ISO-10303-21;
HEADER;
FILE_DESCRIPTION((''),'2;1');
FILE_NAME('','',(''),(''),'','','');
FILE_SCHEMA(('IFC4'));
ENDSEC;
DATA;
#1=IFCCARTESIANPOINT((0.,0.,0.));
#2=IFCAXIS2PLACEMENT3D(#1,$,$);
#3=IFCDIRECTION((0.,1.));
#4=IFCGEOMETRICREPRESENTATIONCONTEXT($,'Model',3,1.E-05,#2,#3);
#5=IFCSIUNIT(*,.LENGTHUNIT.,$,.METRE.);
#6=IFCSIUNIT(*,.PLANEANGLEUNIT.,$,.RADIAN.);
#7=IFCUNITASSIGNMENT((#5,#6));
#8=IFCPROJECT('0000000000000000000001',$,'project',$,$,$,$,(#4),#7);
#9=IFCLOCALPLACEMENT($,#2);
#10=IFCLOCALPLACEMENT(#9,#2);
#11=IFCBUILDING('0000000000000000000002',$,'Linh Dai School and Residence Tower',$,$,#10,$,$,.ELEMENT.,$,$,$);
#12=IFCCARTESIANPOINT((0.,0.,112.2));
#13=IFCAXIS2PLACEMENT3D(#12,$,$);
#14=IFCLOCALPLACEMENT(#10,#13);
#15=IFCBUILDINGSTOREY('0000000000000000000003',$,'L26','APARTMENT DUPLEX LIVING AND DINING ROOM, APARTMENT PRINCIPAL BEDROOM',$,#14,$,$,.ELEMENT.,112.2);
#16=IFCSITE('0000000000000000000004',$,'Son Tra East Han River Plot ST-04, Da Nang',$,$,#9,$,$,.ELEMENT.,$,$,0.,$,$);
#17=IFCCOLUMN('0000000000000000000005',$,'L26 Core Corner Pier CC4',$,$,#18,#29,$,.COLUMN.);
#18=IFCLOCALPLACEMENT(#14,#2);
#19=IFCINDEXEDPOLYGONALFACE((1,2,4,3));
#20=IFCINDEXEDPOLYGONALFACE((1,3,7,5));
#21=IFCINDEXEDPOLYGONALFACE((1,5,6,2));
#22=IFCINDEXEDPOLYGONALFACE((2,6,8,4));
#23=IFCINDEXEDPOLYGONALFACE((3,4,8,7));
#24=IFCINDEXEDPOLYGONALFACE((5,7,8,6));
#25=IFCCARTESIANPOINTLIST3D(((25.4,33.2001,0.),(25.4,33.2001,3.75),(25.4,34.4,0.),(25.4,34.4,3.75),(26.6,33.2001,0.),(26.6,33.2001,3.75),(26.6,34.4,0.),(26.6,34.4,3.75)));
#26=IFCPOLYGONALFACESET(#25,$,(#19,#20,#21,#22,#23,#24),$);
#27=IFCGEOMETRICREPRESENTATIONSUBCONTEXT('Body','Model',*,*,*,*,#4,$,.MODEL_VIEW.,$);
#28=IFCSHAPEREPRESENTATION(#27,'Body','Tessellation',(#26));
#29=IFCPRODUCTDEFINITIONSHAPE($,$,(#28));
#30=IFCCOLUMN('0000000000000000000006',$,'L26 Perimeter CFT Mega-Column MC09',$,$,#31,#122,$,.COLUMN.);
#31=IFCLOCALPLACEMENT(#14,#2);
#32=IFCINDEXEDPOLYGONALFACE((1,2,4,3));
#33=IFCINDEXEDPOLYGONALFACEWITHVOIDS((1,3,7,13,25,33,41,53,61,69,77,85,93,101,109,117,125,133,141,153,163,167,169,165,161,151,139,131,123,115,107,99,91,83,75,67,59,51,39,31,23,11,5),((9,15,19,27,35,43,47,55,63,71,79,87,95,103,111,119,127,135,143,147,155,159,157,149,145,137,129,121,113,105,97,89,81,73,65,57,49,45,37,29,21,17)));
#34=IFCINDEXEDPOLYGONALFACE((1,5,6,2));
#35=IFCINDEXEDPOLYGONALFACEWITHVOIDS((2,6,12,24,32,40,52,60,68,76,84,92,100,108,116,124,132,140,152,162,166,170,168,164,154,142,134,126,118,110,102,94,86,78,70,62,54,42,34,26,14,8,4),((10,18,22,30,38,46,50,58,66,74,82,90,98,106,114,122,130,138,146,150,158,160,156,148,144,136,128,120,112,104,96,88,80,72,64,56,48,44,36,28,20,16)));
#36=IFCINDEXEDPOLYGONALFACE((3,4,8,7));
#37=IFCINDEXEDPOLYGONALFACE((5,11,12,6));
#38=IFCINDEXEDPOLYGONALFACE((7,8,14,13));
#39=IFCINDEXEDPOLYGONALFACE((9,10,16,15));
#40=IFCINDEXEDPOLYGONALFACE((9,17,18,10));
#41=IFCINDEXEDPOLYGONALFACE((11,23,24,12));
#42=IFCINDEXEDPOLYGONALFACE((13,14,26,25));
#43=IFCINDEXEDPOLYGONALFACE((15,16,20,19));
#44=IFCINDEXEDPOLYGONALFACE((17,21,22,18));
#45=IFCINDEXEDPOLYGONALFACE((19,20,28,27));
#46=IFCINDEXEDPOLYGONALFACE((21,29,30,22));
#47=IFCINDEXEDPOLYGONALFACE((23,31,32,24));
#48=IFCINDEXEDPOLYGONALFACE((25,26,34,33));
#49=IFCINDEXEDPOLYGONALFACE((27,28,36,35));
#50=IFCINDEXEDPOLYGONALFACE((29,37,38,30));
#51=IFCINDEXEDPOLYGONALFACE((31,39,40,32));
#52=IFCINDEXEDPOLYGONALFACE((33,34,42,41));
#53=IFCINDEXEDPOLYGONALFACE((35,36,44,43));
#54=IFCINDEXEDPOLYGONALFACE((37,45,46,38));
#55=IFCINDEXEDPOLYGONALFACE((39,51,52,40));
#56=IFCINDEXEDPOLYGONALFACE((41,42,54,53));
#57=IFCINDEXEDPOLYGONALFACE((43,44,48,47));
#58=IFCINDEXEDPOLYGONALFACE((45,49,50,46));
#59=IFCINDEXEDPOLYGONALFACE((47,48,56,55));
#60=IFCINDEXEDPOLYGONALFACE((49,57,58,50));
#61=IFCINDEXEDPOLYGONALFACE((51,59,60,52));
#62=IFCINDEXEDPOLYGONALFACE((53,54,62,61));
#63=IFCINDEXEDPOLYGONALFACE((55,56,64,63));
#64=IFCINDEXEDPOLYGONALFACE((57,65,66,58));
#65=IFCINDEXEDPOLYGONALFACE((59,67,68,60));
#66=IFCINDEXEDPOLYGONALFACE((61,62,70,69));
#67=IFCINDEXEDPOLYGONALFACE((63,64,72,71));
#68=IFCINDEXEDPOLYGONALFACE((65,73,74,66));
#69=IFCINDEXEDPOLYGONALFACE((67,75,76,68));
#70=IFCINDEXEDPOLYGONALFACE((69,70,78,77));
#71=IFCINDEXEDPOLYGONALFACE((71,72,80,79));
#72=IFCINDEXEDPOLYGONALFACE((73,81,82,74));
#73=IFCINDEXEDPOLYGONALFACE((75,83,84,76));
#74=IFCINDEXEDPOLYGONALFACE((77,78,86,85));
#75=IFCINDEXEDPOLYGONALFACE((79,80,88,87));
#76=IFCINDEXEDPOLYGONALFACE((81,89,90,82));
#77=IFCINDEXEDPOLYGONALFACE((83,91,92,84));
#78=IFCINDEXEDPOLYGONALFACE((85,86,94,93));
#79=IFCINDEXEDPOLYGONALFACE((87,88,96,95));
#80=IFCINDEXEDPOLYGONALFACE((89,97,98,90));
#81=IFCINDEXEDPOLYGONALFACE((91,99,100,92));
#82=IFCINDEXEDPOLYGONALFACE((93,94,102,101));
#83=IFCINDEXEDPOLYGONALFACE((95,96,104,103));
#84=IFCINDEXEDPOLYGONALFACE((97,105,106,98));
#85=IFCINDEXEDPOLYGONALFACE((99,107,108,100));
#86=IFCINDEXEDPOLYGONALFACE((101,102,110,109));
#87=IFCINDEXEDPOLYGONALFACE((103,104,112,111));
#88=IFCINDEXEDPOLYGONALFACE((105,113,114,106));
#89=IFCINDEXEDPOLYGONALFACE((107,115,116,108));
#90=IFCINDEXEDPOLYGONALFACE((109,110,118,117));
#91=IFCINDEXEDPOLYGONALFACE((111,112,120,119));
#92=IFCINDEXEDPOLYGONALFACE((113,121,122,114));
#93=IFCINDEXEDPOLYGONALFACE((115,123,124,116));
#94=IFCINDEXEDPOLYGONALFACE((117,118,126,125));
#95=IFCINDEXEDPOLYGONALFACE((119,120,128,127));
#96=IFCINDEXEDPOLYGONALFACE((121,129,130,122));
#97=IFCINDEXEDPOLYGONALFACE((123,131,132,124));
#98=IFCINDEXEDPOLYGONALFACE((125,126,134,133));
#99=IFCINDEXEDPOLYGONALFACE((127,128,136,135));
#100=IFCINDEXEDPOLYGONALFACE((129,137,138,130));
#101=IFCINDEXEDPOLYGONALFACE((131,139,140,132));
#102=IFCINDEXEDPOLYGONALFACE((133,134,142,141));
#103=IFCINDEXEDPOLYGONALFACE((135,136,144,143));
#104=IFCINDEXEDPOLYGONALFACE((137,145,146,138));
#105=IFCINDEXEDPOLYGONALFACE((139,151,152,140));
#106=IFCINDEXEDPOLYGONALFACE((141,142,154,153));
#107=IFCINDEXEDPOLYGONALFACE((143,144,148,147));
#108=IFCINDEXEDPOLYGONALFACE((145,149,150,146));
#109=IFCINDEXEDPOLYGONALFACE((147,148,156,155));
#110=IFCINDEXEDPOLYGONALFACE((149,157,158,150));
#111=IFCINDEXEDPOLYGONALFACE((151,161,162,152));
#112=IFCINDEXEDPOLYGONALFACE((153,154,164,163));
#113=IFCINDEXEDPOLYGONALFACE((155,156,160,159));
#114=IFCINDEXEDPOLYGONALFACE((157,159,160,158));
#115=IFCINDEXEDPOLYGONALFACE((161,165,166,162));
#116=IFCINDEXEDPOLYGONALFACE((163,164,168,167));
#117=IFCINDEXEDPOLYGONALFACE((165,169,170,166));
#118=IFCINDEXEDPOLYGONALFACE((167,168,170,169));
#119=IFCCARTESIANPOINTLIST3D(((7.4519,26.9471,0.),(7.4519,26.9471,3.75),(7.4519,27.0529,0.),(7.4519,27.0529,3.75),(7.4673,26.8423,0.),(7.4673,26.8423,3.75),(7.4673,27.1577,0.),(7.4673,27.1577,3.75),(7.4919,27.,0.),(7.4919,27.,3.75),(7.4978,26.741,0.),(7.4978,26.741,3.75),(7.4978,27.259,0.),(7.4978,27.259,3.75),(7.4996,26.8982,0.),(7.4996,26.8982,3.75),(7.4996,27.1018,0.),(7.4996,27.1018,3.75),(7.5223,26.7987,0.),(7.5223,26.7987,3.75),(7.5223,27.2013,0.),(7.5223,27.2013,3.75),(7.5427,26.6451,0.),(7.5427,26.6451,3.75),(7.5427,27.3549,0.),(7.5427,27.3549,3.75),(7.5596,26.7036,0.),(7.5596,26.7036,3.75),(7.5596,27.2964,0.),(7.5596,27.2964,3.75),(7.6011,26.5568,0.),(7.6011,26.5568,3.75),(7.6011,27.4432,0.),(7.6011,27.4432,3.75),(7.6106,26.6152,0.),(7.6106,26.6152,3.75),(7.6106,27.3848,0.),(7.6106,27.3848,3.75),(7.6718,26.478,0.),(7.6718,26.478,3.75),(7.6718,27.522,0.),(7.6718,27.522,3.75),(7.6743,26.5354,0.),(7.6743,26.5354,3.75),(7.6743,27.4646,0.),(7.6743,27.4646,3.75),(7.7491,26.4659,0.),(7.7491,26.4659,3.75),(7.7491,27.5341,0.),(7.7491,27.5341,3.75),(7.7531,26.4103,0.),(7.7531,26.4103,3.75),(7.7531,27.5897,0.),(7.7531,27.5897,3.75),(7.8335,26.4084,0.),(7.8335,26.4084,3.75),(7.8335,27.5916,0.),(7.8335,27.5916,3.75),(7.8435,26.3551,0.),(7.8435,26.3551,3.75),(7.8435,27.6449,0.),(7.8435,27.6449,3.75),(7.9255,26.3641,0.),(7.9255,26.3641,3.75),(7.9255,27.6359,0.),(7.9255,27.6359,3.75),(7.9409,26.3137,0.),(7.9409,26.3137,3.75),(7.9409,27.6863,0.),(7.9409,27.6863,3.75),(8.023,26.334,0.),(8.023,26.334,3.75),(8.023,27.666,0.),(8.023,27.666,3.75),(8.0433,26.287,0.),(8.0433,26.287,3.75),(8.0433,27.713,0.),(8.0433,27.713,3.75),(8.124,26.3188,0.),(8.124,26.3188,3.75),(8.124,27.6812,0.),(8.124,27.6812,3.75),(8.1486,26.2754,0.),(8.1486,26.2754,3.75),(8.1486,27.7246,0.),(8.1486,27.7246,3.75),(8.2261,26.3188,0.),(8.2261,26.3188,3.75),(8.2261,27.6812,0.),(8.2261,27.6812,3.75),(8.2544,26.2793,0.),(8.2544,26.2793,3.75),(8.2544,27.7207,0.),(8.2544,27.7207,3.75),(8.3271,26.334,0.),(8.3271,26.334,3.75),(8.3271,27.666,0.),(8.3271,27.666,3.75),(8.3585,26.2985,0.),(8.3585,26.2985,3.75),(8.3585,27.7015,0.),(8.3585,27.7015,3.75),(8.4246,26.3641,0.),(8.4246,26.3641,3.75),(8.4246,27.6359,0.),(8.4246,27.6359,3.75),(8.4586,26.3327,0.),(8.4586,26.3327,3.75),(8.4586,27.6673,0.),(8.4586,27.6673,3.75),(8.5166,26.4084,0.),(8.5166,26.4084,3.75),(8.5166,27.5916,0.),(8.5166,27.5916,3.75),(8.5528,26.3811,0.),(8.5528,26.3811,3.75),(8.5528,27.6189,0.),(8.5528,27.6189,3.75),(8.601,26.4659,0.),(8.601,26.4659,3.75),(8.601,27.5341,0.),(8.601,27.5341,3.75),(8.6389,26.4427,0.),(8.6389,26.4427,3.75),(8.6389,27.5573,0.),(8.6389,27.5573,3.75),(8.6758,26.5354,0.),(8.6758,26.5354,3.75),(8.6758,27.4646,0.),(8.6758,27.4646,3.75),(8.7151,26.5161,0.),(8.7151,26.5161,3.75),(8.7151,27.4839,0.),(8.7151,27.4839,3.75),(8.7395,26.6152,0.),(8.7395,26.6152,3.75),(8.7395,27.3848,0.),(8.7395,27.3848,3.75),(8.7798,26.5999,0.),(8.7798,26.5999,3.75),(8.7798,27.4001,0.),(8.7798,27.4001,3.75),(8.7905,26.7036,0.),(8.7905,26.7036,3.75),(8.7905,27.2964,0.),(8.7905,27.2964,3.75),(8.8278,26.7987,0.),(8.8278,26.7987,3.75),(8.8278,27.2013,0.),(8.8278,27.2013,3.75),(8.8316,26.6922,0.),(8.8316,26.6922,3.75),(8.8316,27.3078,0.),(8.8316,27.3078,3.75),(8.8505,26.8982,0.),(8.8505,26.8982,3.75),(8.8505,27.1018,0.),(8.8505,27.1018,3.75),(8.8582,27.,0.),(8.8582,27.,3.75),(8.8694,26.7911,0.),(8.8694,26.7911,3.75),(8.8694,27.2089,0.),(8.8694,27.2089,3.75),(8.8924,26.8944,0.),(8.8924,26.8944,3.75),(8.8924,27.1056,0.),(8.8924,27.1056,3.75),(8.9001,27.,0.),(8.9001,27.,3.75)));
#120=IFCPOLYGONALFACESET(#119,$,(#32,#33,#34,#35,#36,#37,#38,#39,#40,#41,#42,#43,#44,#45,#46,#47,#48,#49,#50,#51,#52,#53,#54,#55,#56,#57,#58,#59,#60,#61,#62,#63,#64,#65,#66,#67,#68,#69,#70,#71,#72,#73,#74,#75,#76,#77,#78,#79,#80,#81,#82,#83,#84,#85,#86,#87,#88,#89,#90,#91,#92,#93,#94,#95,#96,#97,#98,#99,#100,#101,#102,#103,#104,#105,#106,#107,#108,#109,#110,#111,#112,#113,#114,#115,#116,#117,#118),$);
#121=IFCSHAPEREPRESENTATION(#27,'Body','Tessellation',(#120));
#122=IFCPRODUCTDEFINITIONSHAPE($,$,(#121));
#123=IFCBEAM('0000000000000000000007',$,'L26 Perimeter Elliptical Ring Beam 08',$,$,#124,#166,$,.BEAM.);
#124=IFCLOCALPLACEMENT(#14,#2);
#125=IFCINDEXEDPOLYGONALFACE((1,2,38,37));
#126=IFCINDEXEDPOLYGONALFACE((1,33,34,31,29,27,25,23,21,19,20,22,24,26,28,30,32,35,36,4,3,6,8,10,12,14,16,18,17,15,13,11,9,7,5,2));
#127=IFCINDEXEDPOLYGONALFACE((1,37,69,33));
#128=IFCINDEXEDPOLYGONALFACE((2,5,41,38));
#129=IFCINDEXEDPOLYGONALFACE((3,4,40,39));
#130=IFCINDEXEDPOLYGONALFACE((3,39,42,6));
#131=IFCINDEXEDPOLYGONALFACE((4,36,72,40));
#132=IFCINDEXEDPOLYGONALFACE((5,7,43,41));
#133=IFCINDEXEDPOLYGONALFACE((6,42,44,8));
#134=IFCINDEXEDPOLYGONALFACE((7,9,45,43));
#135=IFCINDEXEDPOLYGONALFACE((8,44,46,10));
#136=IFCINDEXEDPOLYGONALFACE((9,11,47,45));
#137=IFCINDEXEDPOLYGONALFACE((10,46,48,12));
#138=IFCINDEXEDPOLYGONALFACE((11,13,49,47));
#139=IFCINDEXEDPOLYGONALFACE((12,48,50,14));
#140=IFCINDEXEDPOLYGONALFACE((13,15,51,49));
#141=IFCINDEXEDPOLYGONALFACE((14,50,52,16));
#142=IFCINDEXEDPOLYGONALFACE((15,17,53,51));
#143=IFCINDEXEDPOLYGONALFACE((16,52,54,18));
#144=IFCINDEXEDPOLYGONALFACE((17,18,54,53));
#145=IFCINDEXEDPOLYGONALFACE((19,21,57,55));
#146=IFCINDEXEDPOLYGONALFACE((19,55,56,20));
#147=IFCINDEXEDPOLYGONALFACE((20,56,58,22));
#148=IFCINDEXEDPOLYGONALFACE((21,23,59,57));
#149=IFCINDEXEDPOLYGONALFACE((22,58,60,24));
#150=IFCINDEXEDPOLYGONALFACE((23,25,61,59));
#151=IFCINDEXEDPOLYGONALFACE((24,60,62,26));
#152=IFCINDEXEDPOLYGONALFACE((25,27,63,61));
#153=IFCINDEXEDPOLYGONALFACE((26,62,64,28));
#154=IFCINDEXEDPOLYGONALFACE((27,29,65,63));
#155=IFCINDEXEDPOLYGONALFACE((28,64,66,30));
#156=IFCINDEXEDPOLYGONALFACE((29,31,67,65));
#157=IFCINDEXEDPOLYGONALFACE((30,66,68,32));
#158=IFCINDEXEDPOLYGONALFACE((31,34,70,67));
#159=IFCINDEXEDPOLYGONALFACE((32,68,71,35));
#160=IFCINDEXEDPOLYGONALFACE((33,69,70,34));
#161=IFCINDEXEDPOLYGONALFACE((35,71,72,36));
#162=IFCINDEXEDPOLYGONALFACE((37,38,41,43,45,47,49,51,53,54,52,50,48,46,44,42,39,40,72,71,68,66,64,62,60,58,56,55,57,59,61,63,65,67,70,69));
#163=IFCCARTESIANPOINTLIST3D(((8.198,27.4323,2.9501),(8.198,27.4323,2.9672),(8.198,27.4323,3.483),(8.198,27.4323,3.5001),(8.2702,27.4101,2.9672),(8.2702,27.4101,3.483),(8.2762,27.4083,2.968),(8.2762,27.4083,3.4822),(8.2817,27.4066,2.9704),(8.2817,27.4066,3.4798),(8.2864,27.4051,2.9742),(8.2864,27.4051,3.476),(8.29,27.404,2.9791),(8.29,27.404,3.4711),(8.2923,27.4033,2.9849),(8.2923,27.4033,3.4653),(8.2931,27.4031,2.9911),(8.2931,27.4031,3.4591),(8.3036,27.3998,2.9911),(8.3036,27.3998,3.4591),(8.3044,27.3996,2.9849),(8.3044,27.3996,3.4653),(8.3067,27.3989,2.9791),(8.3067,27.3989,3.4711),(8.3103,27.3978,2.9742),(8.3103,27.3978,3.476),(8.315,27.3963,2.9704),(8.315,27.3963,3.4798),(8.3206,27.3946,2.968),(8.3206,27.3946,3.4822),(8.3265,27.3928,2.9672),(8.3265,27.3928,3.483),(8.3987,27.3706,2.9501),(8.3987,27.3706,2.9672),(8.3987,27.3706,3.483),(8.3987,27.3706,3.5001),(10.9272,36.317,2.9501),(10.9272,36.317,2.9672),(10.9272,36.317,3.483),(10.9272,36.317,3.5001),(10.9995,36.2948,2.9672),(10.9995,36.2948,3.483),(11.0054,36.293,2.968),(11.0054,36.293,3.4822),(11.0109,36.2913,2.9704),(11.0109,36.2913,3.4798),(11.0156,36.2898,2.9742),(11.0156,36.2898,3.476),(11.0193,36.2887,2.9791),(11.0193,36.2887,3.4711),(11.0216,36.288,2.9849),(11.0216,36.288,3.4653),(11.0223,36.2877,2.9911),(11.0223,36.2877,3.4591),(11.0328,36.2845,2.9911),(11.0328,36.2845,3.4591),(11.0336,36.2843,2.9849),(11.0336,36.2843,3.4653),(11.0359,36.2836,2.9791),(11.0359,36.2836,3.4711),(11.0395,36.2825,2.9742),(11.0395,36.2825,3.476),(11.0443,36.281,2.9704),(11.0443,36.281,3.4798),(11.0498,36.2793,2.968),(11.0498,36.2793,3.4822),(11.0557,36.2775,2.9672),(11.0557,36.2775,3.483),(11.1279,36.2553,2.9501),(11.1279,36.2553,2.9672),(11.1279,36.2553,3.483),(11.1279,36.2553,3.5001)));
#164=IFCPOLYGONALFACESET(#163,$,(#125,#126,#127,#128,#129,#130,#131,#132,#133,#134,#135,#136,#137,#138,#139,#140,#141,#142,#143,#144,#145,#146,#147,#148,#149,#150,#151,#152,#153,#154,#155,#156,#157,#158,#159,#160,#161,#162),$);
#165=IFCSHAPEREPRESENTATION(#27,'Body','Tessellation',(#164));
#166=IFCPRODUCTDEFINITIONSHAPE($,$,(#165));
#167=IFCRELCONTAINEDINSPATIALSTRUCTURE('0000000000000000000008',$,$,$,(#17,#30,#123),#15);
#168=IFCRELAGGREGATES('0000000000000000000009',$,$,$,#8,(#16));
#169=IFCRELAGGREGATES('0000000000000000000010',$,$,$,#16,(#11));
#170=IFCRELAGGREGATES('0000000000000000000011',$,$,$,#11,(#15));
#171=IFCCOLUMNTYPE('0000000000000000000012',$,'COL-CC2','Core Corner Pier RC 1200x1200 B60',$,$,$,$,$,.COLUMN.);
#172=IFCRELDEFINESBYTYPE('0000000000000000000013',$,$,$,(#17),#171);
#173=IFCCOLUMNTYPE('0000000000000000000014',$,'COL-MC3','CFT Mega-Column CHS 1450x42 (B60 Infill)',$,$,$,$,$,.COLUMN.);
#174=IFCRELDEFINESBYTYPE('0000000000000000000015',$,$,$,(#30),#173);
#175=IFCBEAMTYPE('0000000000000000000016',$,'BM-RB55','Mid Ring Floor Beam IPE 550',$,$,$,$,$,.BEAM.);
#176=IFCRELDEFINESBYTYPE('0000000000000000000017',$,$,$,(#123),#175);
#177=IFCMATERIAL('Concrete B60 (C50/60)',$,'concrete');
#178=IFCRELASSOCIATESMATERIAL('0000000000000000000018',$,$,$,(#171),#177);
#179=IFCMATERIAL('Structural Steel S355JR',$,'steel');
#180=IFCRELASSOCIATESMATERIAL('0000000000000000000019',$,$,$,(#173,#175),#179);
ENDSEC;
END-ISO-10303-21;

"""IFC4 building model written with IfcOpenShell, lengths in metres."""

from ifc_helpers import new_model, si_unit, direction, frame, origin, origin_2d, place, context, subcontext, project, spatial, rectangle, hollow_circle, i_section, extrude, material, material_profile, profile_set, type_object, element, save


model = new_model("IFC4")

# Units and contexts
model_context = context("Model", 3, precision=1e-05, world=origin(), true_north=direction((0.0, 1.0)))
body_context = subcontext(model_context, "Body", "Model", "MODEL_VIEW")
ifc_project = project(units=[si_unit("LENGTHUNIT", "METRE"), si_unit("PLANEANGLEUNIT", "RADIAN")], contexts=[model_context])

# Site, building, storey
site_placement = place(None, origin())
site = spatial("IfcSite", under=ifc_project, at=site_placement, Name="Son Tra East Han River Plot ST-04, Da Nang", CompositionType="ELEMENT", RefElevation=0.0)
building_placement = place(site_placement, origin())
building = spatial("IfcBuilding", under=site, at=building_placement, Name="Linh Dai School and Residence Tower", CompositionType="ELEMENT")
storey_placement = place(building_placement, frame((0.0, 0.0, 112.2)))
storey = spatial("IfcBuildingStorey", under=building, at=storey_placement, Name="L26", Description="APARTMENT DUPLEX LIVING AND DINING ROOM, APARTMENT PRINCIPAL BEDROOM", CompositionType="ELEMENT", Elevation=112.2)

# Columns
ifc_material_1 = material(Name="Concrete B60 (C50/60)", Category="concrete")
ifc_material_profile_1 = material_profile(ifc_material_1, rectangle(XDim=1.2, YDim=1.2, at=origin_2d()), Name="RC 1200x1200")
ifc_profile_set_1 = profile_set([ifc_material_profile_1], Name="Concrete B60 (C50/60)")
column_type_1 = type_object("IfcColumnType", Name="COL-CC2", Description="Core Corner Pier RC 1200x1200 B60", PredefinedType="COLUMN", material=ifc_profile_set_1)
column_1_placement = place(storey_placement, frame((26.0, 33.8, 0.0), z_axis=(0.0, 0.0, 1.0), x_axis=(1.0, 0.0, 0.0)))
element("IfcColumn", 1, at=column_1_placement, inside=storey, type_object=column_type_1, Name="L26 Core Corner Pier CC4", PredefinedType="COLUMN", context=body_context, shape_type="SweptSolid", body=[
    extrude(rectangle(XDim=1.2, YDim=1.2, at=origin_2d()), origin(), (0.0, 0.0, 1.0), 3.75),
])
ifc_material_2 = material(Name="Structural Steel S355JR", Category="steel")
ifc_material_profile_2 = material_profile(ifc_material_2, hollow_circle(Radius=0.7251, WallThickness=0.042, at=origin_2d()), Name="CHS 1450x42")
ifc_profile_set_2 = profile_set([ifc_material_profile_2], Name="Structural Steel S355JR")
column_type_2 = type_object("IfcColumnType", Name="COL-MC3", Description="CFT Mega-Column CHS 1450x42 (B60 Infill)", PredefinedType="COLUMN", material=ifc_profile_set_2)
column_2_placement = place(storey_placement, frame((8.175, 27.0, 0.0), z_axis=(0.0, 0.0, 1.0), x_axis=(1.0, 0.0, 0.0)))
element("IfcColumn", 2, at=column_2_placement, inside=storey, type_object=column_type_2, Name="L26 Perimeter CFT Mega-Column MC09", PredefinedType="COLUMN", context=body_context, shape_type="SweptSolid", body=[
    extrude(hollow_circle(Radius=0.7251, WallThickness=0.042, at=origin_2d()), origin(), (0.0, 0.0, 1.0), 3.75),
])

# Beam
ifc_material_profile_3 = material_profile(ifc_material_2, i_section(OverallWidth=0.21, OverallDepth=0.55, WebThickness=0.011, FlangeThickness=0.0171, FilletRadius=0.0239, at=origin_2d()), Name="IPE 550")
ifc_profile_set_3 = profile_set([ifc_material_profile_3], Name="Structural Steel S355JR")
beam_type_1 = type_object("IfcBeamType", Name="BM-RB55", Description="Mid Ring Floor Beam IPE 550", PredefinedType="BEAM", material=ifc_profile_set_3)
beam_1_placement = place(storey_placement, frame((11.0276, 36.2861, 3.2251), z_axis=(-0.293641, -0.955916, 0.0), x_axis=(0.955916, -0.293641, 0.0)))
element("IfcBeam", 3, at=beam_1_placement, inside=storey, type_object=beam_type_1, Name="L26 Perimeter Elliptical Ring Beam 08", PredefinedType="BEAM", context=body_context, shape_type="SweptSolid", body=[
    extrude(i_section(OverallWidth=0.21, OverallDepth=0.55, WebThickness=0.011, FlangeThickness=0.0171, FilletRadius=0.0239, at=origin_2d()), origin(), (0.0, 0.0, 1.0), 9.2944),
])

save(model, "model.ifc")
